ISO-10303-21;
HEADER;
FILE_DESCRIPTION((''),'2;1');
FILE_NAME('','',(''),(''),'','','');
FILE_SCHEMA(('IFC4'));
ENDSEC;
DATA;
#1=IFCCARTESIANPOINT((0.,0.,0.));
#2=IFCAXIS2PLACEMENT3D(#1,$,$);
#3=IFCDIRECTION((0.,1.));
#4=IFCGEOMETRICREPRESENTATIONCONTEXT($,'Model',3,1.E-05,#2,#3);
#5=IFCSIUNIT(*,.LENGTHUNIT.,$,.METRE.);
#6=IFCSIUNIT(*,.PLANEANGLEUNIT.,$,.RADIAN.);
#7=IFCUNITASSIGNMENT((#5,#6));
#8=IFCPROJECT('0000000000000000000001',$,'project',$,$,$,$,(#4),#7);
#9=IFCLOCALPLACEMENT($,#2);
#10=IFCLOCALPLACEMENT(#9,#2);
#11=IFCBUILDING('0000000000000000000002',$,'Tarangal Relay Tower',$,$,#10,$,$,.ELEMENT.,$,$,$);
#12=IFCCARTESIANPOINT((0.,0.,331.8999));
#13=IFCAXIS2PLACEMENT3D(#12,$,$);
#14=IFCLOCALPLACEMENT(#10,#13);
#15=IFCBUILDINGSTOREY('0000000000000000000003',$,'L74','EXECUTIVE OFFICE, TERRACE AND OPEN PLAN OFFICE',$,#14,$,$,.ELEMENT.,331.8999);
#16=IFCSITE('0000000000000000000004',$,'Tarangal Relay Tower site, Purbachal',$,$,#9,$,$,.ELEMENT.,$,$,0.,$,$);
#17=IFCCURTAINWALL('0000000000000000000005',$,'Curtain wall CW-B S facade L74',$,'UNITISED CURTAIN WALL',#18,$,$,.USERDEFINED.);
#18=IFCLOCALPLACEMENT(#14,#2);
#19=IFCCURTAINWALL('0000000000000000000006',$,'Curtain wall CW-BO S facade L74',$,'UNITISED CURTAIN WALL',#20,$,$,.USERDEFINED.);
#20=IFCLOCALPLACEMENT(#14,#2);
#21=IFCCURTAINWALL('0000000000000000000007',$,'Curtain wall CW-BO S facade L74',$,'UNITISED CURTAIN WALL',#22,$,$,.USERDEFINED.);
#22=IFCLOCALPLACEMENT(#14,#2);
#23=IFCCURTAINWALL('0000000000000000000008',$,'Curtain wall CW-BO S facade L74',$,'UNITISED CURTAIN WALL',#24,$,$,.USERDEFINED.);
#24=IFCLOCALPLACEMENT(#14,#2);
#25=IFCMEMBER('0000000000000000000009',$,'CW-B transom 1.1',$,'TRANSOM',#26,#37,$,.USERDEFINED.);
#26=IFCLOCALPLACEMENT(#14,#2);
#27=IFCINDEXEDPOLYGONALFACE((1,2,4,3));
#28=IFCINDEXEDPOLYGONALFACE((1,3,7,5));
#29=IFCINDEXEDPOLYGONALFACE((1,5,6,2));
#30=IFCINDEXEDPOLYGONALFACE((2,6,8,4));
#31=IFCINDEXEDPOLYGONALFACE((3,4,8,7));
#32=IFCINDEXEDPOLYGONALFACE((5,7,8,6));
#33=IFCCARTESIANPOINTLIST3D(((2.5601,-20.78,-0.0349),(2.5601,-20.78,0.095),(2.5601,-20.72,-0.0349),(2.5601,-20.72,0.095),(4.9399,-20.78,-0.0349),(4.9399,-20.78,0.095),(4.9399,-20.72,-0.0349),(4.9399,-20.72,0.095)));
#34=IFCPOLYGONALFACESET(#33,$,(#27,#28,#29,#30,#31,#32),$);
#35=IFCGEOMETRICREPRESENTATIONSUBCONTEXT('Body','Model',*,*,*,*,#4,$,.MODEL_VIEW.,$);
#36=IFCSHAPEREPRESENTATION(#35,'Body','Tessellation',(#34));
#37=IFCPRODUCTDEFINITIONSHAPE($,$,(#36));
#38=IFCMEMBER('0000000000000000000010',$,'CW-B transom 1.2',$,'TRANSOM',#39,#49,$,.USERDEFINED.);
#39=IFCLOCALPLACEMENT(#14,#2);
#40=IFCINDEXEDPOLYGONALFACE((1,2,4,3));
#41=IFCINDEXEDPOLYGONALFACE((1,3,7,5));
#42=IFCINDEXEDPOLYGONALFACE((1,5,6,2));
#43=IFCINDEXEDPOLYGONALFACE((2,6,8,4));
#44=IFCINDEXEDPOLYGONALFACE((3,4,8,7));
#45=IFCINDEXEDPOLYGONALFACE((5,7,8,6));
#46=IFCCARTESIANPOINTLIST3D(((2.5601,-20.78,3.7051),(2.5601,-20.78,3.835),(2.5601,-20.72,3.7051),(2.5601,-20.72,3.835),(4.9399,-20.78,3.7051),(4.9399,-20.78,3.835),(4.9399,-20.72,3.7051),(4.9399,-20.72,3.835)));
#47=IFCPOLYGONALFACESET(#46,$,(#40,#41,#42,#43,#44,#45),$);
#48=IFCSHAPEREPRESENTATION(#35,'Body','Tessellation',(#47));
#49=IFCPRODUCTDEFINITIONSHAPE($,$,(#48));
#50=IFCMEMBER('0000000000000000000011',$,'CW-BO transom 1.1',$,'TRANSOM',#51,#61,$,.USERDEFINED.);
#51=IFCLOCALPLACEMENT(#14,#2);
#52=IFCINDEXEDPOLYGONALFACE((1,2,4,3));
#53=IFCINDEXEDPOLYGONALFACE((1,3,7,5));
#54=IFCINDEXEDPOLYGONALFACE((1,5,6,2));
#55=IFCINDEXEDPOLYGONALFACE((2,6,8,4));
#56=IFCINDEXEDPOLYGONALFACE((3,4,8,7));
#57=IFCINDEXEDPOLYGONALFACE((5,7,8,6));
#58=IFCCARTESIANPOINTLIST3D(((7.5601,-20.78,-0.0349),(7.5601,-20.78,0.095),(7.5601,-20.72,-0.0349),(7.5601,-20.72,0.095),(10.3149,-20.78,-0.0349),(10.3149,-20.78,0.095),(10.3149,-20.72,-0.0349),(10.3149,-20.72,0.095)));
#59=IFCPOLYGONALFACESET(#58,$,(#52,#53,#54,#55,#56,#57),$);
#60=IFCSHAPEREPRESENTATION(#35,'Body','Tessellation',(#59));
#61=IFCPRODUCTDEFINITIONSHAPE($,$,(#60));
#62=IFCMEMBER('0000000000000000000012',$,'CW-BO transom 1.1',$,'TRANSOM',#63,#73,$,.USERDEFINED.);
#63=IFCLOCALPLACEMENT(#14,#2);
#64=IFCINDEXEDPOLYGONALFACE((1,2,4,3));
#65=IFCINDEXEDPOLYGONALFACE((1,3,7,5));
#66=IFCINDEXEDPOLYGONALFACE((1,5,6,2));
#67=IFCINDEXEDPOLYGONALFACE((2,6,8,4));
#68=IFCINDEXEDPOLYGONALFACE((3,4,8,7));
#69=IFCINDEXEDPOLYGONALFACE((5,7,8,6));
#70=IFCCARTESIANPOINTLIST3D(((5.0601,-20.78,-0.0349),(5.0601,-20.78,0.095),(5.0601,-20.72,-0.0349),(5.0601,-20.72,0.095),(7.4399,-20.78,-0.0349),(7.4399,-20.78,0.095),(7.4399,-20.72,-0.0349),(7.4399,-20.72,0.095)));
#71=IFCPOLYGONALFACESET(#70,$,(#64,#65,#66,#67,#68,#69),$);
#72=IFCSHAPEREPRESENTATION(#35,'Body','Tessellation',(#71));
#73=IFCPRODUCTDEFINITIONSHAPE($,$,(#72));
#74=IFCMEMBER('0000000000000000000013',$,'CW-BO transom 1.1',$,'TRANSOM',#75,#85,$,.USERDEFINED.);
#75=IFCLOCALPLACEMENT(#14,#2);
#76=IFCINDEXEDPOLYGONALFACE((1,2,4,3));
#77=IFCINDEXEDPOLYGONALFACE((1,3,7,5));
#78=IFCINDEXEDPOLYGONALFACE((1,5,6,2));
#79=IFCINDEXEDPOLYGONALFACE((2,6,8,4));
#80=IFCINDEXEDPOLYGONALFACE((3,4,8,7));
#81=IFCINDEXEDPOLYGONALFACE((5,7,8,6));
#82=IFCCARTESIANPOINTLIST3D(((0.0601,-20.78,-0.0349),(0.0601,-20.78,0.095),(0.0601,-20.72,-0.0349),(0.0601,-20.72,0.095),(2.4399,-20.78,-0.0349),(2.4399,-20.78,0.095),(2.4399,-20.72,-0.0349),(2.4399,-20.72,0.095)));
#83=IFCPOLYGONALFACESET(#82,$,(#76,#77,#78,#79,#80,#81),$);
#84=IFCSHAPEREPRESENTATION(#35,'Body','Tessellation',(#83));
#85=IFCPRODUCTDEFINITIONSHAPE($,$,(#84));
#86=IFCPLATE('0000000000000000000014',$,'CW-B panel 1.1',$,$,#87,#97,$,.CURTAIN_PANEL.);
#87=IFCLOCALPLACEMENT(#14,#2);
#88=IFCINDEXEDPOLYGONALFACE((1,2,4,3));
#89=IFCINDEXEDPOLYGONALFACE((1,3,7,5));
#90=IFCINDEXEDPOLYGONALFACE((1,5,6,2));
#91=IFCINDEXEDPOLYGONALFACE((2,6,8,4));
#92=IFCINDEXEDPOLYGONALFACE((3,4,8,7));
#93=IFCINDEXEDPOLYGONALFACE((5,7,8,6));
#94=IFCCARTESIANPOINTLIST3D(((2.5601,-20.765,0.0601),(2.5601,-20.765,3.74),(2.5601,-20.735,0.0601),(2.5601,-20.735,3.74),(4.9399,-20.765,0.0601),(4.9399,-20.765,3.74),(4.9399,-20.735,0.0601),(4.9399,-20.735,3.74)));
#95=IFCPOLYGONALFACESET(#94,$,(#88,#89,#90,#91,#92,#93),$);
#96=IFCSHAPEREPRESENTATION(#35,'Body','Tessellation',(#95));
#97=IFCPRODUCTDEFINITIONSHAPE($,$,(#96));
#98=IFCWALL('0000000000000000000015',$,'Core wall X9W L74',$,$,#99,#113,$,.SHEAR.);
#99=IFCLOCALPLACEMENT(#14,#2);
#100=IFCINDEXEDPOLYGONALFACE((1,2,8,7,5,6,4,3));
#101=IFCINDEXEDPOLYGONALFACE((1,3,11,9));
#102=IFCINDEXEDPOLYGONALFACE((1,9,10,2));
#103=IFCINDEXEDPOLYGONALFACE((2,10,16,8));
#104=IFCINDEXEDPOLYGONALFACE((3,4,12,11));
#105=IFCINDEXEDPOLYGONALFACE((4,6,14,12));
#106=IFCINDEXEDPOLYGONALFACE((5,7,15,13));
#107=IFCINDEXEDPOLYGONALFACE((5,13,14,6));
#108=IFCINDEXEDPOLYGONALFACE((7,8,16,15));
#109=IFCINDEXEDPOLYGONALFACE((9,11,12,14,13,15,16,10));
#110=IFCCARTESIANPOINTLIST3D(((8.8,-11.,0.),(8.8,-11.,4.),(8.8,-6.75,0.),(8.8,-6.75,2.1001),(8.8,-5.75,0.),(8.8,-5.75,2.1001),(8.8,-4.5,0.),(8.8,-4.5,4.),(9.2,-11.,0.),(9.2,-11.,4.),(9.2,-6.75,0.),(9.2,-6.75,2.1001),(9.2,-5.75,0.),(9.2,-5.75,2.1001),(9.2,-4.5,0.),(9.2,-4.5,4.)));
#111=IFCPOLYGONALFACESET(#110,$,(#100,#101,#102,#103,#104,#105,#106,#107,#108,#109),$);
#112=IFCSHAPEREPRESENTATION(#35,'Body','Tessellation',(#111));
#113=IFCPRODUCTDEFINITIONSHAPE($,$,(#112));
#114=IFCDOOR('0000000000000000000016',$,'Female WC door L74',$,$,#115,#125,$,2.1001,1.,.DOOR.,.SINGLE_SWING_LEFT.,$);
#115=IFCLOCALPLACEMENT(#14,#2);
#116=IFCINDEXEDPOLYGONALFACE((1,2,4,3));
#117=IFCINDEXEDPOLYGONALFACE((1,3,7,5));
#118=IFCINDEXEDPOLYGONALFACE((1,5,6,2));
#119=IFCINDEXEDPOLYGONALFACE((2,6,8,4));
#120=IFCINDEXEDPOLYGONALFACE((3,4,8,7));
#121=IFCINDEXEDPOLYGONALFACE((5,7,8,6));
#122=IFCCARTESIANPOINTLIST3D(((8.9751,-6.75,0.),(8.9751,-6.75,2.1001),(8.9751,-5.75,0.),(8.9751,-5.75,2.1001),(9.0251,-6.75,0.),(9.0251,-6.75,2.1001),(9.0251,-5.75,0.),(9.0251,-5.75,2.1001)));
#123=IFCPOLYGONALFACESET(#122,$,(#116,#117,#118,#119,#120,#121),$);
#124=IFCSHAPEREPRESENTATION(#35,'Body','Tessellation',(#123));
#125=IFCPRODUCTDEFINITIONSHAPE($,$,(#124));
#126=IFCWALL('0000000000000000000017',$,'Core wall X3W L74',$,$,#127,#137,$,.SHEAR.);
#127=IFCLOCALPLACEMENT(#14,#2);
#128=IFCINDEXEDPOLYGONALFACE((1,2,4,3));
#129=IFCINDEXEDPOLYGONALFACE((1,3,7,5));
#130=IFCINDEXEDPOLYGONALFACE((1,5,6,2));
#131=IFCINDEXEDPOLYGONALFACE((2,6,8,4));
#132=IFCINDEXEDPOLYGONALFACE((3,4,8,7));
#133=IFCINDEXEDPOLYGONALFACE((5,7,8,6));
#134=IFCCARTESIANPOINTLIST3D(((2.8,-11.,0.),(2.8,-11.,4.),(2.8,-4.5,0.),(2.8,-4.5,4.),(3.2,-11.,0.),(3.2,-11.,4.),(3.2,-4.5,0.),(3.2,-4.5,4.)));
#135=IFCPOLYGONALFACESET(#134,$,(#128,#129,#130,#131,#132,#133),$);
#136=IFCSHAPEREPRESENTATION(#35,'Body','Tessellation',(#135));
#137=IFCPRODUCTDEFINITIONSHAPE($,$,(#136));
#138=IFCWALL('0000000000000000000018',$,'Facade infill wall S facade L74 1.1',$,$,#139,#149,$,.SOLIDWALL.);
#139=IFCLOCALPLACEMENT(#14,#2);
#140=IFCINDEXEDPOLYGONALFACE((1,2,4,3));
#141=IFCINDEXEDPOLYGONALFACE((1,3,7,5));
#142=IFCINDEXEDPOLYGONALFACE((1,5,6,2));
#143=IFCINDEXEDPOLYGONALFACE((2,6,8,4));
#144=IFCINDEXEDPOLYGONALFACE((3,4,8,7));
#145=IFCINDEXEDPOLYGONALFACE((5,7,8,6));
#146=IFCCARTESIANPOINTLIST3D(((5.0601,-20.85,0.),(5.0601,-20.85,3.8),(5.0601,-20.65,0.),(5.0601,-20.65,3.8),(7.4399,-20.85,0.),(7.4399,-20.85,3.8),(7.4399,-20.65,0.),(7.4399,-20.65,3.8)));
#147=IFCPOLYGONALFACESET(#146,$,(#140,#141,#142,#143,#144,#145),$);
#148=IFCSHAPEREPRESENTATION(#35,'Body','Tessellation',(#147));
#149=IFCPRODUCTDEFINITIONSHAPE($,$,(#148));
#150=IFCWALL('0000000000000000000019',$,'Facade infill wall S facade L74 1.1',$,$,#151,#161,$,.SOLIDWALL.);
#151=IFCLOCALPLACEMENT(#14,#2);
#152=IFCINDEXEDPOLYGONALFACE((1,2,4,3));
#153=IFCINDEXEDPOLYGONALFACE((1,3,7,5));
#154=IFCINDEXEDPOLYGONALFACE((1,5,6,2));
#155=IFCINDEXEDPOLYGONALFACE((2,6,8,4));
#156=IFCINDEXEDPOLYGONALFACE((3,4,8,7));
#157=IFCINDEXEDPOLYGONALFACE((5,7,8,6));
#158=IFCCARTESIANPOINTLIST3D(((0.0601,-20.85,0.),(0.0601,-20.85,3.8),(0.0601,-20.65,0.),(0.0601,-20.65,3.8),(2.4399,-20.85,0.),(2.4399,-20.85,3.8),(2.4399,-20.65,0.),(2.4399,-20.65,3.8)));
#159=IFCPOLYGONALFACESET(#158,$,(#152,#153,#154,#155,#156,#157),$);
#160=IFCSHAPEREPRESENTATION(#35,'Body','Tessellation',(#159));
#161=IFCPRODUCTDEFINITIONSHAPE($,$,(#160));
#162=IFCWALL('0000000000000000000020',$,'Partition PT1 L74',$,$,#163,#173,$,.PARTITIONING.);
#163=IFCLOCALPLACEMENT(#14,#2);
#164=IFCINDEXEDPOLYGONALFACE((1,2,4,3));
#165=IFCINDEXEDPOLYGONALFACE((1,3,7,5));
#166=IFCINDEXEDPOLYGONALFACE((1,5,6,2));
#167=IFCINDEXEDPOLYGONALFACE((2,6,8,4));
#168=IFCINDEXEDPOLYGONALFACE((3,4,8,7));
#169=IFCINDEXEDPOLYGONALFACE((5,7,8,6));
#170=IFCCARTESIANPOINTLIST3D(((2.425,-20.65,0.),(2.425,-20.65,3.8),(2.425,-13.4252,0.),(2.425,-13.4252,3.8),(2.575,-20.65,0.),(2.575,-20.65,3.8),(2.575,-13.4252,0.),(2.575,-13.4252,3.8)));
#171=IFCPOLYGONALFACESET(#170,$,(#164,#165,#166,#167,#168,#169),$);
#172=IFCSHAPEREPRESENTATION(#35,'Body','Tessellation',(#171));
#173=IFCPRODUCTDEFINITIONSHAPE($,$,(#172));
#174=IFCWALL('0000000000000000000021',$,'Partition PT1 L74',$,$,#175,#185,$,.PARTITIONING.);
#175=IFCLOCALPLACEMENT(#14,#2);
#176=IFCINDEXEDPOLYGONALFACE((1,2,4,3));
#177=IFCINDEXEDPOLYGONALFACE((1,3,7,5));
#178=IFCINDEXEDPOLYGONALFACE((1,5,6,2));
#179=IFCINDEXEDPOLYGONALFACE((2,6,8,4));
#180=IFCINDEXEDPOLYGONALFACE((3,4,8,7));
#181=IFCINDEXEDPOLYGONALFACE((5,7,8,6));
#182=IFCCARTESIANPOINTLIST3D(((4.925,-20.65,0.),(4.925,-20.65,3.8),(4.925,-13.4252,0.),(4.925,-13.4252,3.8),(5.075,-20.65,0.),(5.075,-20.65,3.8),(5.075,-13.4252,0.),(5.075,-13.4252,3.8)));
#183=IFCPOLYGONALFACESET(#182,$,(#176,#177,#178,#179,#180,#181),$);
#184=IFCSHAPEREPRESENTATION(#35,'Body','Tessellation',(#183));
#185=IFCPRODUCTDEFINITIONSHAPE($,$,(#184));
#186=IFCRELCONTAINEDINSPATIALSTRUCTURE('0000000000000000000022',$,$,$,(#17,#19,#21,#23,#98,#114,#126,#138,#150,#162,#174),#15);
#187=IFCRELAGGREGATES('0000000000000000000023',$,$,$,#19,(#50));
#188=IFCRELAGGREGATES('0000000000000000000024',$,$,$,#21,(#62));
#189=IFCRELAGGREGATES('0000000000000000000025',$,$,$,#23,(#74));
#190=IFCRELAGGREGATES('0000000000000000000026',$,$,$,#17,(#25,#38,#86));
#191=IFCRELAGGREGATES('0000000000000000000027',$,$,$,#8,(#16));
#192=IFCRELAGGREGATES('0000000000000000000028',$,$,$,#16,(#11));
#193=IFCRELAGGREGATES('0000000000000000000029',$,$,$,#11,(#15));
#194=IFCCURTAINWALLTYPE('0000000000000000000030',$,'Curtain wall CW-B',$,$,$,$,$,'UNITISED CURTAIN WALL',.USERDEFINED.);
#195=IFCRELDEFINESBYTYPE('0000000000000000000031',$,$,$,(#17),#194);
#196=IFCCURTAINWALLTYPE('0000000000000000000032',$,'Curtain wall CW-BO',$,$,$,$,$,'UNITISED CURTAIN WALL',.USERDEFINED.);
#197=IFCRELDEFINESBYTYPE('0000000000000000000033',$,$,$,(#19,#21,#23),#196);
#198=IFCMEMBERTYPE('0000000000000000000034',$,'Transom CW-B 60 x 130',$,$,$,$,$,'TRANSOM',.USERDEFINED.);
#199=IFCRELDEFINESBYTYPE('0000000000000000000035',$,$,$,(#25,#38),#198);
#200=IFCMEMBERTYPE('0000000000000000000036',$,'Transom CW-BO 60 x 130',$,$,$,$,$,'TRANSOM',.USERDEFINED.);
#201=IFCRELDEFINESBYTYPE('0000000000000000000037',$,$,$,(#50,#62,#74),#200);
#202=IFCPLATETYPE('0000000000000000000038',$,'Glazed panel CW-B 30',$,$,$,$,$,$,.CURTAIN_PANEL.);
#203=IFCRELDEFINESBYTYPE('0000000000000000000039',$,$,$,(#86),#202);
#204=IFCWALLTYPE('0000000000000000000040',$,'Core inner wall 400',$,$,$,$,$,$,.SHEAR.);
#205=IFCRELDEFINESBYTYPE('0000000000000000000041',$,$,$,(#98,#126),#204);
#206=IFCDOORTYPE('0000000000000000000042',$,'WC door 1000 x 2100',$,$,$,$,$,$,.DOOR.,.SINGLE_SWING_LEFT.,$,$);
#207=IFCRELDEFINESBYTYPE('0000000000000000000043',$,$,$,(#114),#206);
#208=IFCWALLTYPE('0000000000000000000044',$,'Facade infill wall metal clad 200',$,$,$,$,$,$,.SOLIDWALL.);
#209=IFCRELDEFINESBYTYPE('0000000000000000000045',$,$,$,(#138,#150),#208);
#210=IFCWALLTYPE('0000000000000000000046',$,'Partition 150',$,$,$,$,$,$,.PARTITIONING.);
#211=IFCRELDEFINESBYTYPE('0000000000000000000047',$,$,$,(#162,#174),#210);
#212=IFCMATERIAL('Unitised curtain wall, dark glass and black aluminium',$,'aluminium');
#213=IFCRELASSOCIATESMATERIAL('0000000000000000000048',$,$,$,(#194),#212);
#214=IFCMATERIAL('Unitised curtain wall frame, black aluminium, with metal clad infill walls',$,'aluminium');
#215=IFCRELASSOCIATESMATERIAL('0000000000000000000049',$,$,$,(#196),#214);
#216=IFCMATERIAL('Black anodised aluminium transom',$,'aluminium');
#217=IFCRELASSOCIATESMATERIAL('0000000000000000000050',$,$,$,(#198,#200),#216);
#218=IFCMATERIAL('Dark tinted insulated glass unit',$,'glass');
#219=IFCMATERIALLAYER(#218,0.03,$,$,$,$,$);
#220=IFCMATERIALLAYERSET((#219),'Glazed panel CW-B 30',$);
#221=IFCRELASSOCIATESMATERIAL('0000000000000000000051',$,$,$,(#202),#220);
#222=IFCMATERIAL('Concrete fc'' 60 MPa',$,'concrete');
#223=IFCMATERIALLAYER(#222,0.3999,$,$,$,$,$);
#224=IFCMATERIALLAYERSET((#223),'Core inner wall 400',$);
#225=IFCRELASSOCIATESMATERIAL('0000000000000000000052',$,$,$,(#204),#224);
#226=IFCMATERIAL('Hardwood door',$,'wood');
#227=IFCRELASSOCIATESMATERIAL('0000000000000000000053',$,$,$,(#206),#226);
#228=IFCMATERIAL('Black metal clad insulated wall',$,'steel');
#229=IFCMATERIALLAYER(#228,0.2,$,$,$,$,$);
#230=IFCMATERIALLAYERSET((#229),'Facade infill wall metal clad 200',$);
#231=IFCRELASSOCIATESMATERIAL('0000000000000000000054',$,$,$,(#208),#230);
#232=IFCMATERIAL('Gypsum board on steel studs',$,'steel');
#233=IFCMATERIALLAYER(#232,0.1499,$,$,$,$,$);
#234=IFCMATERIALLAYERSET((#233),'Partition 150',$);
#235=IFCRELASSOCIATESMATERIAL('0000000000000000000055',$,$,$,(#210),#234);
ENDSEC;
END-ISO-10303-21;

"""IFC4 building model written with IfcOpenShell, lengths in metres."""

from ifc_helpers import new_model, si_unit, direction, frame, frame_2d, origin, origin_2d, place, context, subcontext, project, spatial, rectangle, extrude, material, layer, layer_set, material_profile, profile_set, type_object, element, fill, aggregate, save


model = new_model("IFC4")

# Units and contexts
model_context = context("Model", 3, precision=1e-05, world=origin(), true_north=direction((0.0, 1.0)))
body_context = subcontext(model_context, "Body", "Model", "MODEL_VIEW")
ifc_project = project(units=[si_unit("LENGTHUNIT", "METRE"), si_unit("PLANEANGLEUNIT", "RADIAN")], contexts=[model_context])

# Site, building, storey
site_placement = place(None, origin())
site = spatial("IfcSite", under=ifc_project, at=site_placement, Name="Tarangal Relay Tower site, Purbachal", CompositionType="ELEMENT", RefElevation=0.0)
building_placement = place(site_placement, origin())
building = spatial("IfcBuilding", under=site, at=building_placement, Name="Tarangal Relay Tower", CompositionType="ELEMENT")
storey_placement = place(building_placement, frame((0.0, 0.0, 331.8999)))
storey = spatial("IfcBuildingStorey", under=building, at=storey_placement, Name="L74", Description="EXECUTIVE OFFICE, TERRACE AND OPEN PLAN OFFICE", CompositionType="ELEMENT", Elevation=331.8999)

# Curtain wall
ifc_material_1 = material(Name="Unitised curtain wall, dark glass and black aluminium", Category="aluminium")
curtain_wall_type_1 = type_object("IfcCurtainWallType", Name="Curtain wall CW-B", ElementType="UNITISED CURTAIN WALL", PredefinedType="USERDEFINED", material=ifc_material_1)
curtain_wall_1_placement = place(storey_placement, origin())
curtain_wall_1 = element("IfcCurtainWall", 1, at=curtain_wall_1_placement, inside=storey, type_object=curtain_wall_type_1, Name="Curtain wall CW-B S facade L74", ObjectType="UNITISED CURTAIN WALL", PredefinedType="USERDEFINED")

# Curtain wall
ifc_material_2 = material(Name="Unitised curtain wall frame, black aluminium, with metal clad infill walls", Category="aluminium")
curtain_wall_type_2 = type_object("IfcCurtainWallType", Name="Curtain wall CW-BO", ElementType="UNITISED CURTAIN WALL", PredefinedType="USERDEFINED", material=ifc_material_2)
curtain_wall_2_placement = place(storey_placement, origin())
curtain_wall_2 = element("IfcCurtainWall", 2, at=curtain_wall_2_placement, inside=storey, type_object=curtain_wall_type_2, Name="Curtain wall CW-BO S facade L74", ObjectType="UNITISED CURTAIN WALL", PredefinedType="USERDEFINED")

# Curtain walls
curtain_wall_3_placement = place(storey_placement, origin())
curtain_wall_3 = element("IfcCurtainWall", 3, at=curtain_wall_3_placement, inside=storey, type_object=curtain_wall_type_2, Name="Curtain wall CW-BO S facade L74", ObjectType="UNITISED CURTAIN WALL", PredefinedType="USERDEFINED")
curtain_wall_4_placement = place(storey_placement, origin())
curtain_wall_4 = element("IfcCurtainWall", 4, at=curtain_wall_4_placement, inside=storey, type_object=curtain_wall_type_2, Name="Curtain wall CW-BO S facade L74", ObjectType="UNITISED CURTAIN WALL", PredefinedType="USERDEFINED")

# Members
ifc_material_3 = material(Name="Black anodised aluminium transom", Category="aluminium")
ifc_material_profile_1 = material_profile(ifc_material_3, rectangle(XDim=0.0601, YDim=0.1299, at=origin_2d()), Name="CW-BT 60X130")
ifc_profile_set_1 = profile_set([ifc_material_profile_1], Name="Black anodised aluminium transom")
member_type_1 = type_object("IfcMemberType", Name="Transom CW-B 60 x 130", ElementType="TRANSOM", PredefinedType="USERDEFINED", material=ifc_profile_set_1)
member_1_placement = place(storey_placement, frame((4.9399, -20.75, 0.03), z_axis=(-1.0, 0.0, 0.0), x_axis=(0.0, -1.0, 0.0)))
member_1 = element("IfcMember", 5, at=member_1_placement, type_object=member_type_1, Name="CW-B transom 1.1", ObjectType="TRANSOM", PredefinedType="USERDEFINED", context=body_context, shape_type="SweptSolid", body=[
    extrude(rectangle(XDim=0.0601, YDim=0.1299, at=origin_2d()), origin(), (0.0, 0.0, 1.0), 2.3799),
])
member_2_placement = place(storey_placement, frame((4.9399, -20.75, 3.77), z_axis=(-1.0, 0.0, 0.0), x_axis=(0.0, -1.0, 0.0)))
member_2 = element("IfcMember", 6, at=member_2_placement, type_object=member_type_1, Name="CW-B transom 1.2", ObjectType="TRANSOM", PredefinedType="USERDEFINED", context=body_context, shape_type="SweptSolid", body=[
    extrude(rectangle(XDim=0.0601, YDim=0.1299, at=origin_2d()), origin(), (0.0, 0.0, 1.0), 2.3799),
])
ifc_material_profile_2 = material_profile(ifc_material_3, rectangle(XDim=0.0601, YDim=0.1299, at=origin_2d()), Name="CW-BOT 60X130")
ifc_profile_set_2 = profile_set([ifc_material_profile_2], Name="Black anodised aluminium transom")
member_type_2 = type_object("IfcMemberType", Name="Transom CW-BO 60 x 130", ElementType="TRANSOM", PredefinedType="USERDEFINED", material=ifc_profile_set_2)
member_3_placement = place(storey_placement, frame((10.3149, -20.75, 0.03), z_axis=(-1.0, 0.0, 0.0), x_axis=(0.0, -1.0, 0.0)))
member_3 = element("IfcMember", 7, at=member_3_placement, type_object=member_type_2, Name="CW-BO transom 1.1", ObjectType="TRANSOM", PredefinedType="USERDEFINED", context=body_context, shape_type="SweptSolid", body=[
    extrude(rectangle(XDim=0.0601, YDim=0.1299, at=origin_2d()), origin(), (0.0, 0.0, 1.0), 2.7549),
])
aggregate(curtain_wall_2, [member_3])
member_4_placement = place(storey_placement, frame((7.4399, -20.75, 0.03), z_axis=(-1.0, 0.0, 0.0), x_axis=(0.0, -1.0, 0.0)))
member_4 = element("IfcMember", 8, at=member_4_placement, type_object=member_type_2, Name="CW-BO transom 1.1", ObjectType="TRANSOM", PredefinedType="USERDEFINED", context=body_context, shape_type="SweptSolid", body=[
    extrude(rectangle(XDim=0.0601, YDim=0.1299, at=origin_2d()), origin(), (0.0, 0.0, 1.0), 2.3799),
])
aggregate(curtain_wall_3, [member_4])
member_5_placement = place(storey_placement, frame((2.4399, -20.75, 0.03), z_axis=(-1.0, 0.0, 0.0), x_axis=(0.0, -1.0, 0.0)))
member_5 = element("IfcMember", 9, at=member_5_placement, type_object=member_type_2, Name="CW-BO transom 1.1", ObjectType="TRANSOM", PredefinedType="USERDEFINED", context=body_context, shape_type="SweptSolid", body=[
    extrude(rectangle(XDim=0.0601, YDim=0.1299, at=origin_2d()), origin(), (0.0, 0.0, 1.0), 2.3799),
])
aggregate(curtain_wall_4, [member_5])

# Plate
ifc_material_4 = material(Name="Dark tinted insulated glass unit", Category="glass")
ifc_layer_1 = layer(ifc_material_4, 0.03)
ifc_layer_set_1 = layer_set([ifc_layer_1], Name="Glazed panel CW-B 30")
plate_type = type_object("IfcPlateType", Name="Glazed panel CW-B 30", PredefinedType="CURTAIN_PANEL", material=ifc_layer_set_1)
plate_placement = place(storey_placement, frame((3.75, -20.75, 0.0601), z_axis=(0.0, 0.0, 1.0), x_axis=(-1.0, 0.0, 0.0)))
plate = element("IfcPlate", 10, at=plate_placement, type_object=plate_type, Name="CW-B panel 1.1", PredefinedType="CURTAIN_PANEL", context=body_context, shape_type="SweptSolid", body=[
    extrude(rectangle(XDim=2.3799, YDim=0.03, at=origin_2d()), origin(), (0.0, 0.0, 1.0), 3.6799),
])
aggregate(curtain_wall_1, [member_1, member_2, plate])

# Wall, opening, door
ifc_material_5 = material(Name="Concrete fc' 60 MPa", Category="concrete")
ifc_layer_2 = layer(ifc_material_5, 0.3999)
ifc_layer_set_2 = layer_set([ifc_layer_2], Name="Core inner wall 400")
wall_type_1 = type_object("IfcWallType", Name="Core inner wall 400", PredefinedType="SHEAR", material=ifc_layer_set_2)
wall_1_placement = place(storey_placement, frame((9.0, -11.0, 0.0), z_axis=(0.0, 0.0, 1.0), x_axis=(0.0, 1.0, 0.0)))
wall_1 = element("IfcWall", 11, at=wall_1_placement, inside=storey, type_object=wall_type_1, Name="Core wall X9W L74", PredefinedType="SHEAR", context=body_context, shape_type="SweptSolid", body=[
    extrude(rectangle(XDim=6.5, YDim=0.3999, at=frame_2d((3.25, 0.0))), origin(), (0.0, 0.0, 1.0), 4.0),
])
opening_1_placement = place(wall_1_placement, frame((4.25, 0.0, 0.0)))
opening_1 = element("IfcOpeningElement", 12, at=opening_1_placement, cuts=wall_1, PredefinedType="OPENING", context=body_context, shape_type="SweptSolid", body=[
    extrude(rectangle(XDim=1.0, YDim=2.1001, at=frame_2d((0.5, 1.05))), frame((0.0, 0.21, 0.0), z_axis=(0.0, -1.0, 0.0), x_axis=(1.0, 0.0, 0.0)), (0.0, 0.0, 1.0), 0.4199),
])
ifc_material_6 = material(Name="Hardwood door", Category="wood")
door_type = type_object("IfcDoorType", Name="WC door 1000 x 2100", OperationType="SINGLE_SWING_LEFT", PredefinedType="DOOR", material=ifc_material_6)
door_1_placement = place(opening_1_placement, origin())
door_1 = element("IfcDoor", 13, at=door_1_placement, inside=storey, type_object=door_type, Name="Female WC door L74", OperationType="SINGLE_SWING_LEFT", OverallHeight=2.1001, OverallWidth=1.0, PredefinedType="DOOR", context=body_context, shape_type="SweptSolid", body=[
    extrude(rectangle(XDim=1.0, YDim=2.1001, at=frame_2d((0.5, 1.05))), frame((0.0, 0.0249, 0.0), z_axis=(0.0, -1.0, 0.0), x_axis=(1.0, 0.0, 0.0)), (0.0, 0.0, 1.0), 0.05),
])
fill(opening_1, door_1)

# Walls
wall_2_placement = place(storey_placement, frame((3.0, -11.0, 0.0), z_axis=(0.0, 0.0, 1.0), x_axis=(0.0, 1.0, 0.0)))
element("IfcWall", 14, at=wall_2_placement, inside=storey, type_object=wall_type_1, Name="Core wall X3W L74", PredefinedType="SHEAR", context=body_context, shape_type="SweptSolid", body=[
    extrude(rectangle(XDim=6.5, YDim=0.3999, at=frame_2d((3.25, 0.0))), origin(), (0.0, 0.0, 1.0), 4.0),
])
ifc_material_7 = material(Name="Black metal clad insulated wall", Category="steel")
ifc_layer_3 = layer(ifc_material_7, 0.2)
ifc_layer_set_3 = layer_set([ifc_layer_3], Name="Facade infill wall metal clad 200")
wall_type_2 = type_object("IfcWallType", Name="Facade infill wall metal clad 200", PredefinedType="SOLIDWALL", material=ifc_layer_set_3)
for number, where, z_axis, x_axis, name in (
    (15, (7.4399, -20.75, 0.0), (0.0, 0.0, 1.0), (-1.0, 0.0, 0.0), "Facade infill wall S facade L74 1.1"),
    (16, (2.4399, -20.75, 0.0), (0.0, 0.0, 1.0), (-1.0, 0.0, 0.0), "Facade infill wall S facade L74 1.1"),
):
    element("IfcWall", number, at=place(storey_placement, frame(where, z_axis=z_axis, x_axis=x_axis)), inside=storey, type_object=wall_type_2, Name=name, PredefinedType="SOLIDWALL", context=body_context, shape_type="SweptSolid", body=[
        extrude(rectangle(XDim=2.3799, YDim=0.2, at=frame_2d((1.1899, 0.0))), origin(), (0.0, 0.0, 1.0), 3.8),
    ])
ifc_material_8 = material(Name="Gypsum board on steel studs", Category="steel")
ifc_layer_4 = layer(ifc_material_8, 0.1499)
ifc_layer_set_4 = layer_set([ifc_layer_4], Name="Partition 150")
wall_type_3 = type_object("IfcWallType", Name="Partition 150", PredefinedType="PARTITIONING", material=ifc_layer_set_4)
for number, where, z_axis, x_axis, name in (
    (17, (2.5, -20.6499, 0.0), (0.0, 0.0, 1.0), (0.0, 1.0, 0.0), "Partition PT1 L74"),
    (18, (5.0, -20.6499, 0.0), (0.0, 0.0, 1.0), (0.0, 1.0, 0.0), "Partition PT1 L74"),
):
    element("IfcWall", number, at=place(storey_placement, frame(where, z_axis=z_axis, x_axis=x_axis)), inside=storey, type_object=wall_type_3, Name=name, PredefinedType="PARTITIONING", context=body_context, shape_type="SweptSolid", body=[
        extrude(rectangle(XDim=7.2249, YDim=0.1499, at=frame_2d((3.6123, 0.0))), origin(), (0.0, 0.0, 1.0), 3.8),
    ])

save(model, "model.ifc")
